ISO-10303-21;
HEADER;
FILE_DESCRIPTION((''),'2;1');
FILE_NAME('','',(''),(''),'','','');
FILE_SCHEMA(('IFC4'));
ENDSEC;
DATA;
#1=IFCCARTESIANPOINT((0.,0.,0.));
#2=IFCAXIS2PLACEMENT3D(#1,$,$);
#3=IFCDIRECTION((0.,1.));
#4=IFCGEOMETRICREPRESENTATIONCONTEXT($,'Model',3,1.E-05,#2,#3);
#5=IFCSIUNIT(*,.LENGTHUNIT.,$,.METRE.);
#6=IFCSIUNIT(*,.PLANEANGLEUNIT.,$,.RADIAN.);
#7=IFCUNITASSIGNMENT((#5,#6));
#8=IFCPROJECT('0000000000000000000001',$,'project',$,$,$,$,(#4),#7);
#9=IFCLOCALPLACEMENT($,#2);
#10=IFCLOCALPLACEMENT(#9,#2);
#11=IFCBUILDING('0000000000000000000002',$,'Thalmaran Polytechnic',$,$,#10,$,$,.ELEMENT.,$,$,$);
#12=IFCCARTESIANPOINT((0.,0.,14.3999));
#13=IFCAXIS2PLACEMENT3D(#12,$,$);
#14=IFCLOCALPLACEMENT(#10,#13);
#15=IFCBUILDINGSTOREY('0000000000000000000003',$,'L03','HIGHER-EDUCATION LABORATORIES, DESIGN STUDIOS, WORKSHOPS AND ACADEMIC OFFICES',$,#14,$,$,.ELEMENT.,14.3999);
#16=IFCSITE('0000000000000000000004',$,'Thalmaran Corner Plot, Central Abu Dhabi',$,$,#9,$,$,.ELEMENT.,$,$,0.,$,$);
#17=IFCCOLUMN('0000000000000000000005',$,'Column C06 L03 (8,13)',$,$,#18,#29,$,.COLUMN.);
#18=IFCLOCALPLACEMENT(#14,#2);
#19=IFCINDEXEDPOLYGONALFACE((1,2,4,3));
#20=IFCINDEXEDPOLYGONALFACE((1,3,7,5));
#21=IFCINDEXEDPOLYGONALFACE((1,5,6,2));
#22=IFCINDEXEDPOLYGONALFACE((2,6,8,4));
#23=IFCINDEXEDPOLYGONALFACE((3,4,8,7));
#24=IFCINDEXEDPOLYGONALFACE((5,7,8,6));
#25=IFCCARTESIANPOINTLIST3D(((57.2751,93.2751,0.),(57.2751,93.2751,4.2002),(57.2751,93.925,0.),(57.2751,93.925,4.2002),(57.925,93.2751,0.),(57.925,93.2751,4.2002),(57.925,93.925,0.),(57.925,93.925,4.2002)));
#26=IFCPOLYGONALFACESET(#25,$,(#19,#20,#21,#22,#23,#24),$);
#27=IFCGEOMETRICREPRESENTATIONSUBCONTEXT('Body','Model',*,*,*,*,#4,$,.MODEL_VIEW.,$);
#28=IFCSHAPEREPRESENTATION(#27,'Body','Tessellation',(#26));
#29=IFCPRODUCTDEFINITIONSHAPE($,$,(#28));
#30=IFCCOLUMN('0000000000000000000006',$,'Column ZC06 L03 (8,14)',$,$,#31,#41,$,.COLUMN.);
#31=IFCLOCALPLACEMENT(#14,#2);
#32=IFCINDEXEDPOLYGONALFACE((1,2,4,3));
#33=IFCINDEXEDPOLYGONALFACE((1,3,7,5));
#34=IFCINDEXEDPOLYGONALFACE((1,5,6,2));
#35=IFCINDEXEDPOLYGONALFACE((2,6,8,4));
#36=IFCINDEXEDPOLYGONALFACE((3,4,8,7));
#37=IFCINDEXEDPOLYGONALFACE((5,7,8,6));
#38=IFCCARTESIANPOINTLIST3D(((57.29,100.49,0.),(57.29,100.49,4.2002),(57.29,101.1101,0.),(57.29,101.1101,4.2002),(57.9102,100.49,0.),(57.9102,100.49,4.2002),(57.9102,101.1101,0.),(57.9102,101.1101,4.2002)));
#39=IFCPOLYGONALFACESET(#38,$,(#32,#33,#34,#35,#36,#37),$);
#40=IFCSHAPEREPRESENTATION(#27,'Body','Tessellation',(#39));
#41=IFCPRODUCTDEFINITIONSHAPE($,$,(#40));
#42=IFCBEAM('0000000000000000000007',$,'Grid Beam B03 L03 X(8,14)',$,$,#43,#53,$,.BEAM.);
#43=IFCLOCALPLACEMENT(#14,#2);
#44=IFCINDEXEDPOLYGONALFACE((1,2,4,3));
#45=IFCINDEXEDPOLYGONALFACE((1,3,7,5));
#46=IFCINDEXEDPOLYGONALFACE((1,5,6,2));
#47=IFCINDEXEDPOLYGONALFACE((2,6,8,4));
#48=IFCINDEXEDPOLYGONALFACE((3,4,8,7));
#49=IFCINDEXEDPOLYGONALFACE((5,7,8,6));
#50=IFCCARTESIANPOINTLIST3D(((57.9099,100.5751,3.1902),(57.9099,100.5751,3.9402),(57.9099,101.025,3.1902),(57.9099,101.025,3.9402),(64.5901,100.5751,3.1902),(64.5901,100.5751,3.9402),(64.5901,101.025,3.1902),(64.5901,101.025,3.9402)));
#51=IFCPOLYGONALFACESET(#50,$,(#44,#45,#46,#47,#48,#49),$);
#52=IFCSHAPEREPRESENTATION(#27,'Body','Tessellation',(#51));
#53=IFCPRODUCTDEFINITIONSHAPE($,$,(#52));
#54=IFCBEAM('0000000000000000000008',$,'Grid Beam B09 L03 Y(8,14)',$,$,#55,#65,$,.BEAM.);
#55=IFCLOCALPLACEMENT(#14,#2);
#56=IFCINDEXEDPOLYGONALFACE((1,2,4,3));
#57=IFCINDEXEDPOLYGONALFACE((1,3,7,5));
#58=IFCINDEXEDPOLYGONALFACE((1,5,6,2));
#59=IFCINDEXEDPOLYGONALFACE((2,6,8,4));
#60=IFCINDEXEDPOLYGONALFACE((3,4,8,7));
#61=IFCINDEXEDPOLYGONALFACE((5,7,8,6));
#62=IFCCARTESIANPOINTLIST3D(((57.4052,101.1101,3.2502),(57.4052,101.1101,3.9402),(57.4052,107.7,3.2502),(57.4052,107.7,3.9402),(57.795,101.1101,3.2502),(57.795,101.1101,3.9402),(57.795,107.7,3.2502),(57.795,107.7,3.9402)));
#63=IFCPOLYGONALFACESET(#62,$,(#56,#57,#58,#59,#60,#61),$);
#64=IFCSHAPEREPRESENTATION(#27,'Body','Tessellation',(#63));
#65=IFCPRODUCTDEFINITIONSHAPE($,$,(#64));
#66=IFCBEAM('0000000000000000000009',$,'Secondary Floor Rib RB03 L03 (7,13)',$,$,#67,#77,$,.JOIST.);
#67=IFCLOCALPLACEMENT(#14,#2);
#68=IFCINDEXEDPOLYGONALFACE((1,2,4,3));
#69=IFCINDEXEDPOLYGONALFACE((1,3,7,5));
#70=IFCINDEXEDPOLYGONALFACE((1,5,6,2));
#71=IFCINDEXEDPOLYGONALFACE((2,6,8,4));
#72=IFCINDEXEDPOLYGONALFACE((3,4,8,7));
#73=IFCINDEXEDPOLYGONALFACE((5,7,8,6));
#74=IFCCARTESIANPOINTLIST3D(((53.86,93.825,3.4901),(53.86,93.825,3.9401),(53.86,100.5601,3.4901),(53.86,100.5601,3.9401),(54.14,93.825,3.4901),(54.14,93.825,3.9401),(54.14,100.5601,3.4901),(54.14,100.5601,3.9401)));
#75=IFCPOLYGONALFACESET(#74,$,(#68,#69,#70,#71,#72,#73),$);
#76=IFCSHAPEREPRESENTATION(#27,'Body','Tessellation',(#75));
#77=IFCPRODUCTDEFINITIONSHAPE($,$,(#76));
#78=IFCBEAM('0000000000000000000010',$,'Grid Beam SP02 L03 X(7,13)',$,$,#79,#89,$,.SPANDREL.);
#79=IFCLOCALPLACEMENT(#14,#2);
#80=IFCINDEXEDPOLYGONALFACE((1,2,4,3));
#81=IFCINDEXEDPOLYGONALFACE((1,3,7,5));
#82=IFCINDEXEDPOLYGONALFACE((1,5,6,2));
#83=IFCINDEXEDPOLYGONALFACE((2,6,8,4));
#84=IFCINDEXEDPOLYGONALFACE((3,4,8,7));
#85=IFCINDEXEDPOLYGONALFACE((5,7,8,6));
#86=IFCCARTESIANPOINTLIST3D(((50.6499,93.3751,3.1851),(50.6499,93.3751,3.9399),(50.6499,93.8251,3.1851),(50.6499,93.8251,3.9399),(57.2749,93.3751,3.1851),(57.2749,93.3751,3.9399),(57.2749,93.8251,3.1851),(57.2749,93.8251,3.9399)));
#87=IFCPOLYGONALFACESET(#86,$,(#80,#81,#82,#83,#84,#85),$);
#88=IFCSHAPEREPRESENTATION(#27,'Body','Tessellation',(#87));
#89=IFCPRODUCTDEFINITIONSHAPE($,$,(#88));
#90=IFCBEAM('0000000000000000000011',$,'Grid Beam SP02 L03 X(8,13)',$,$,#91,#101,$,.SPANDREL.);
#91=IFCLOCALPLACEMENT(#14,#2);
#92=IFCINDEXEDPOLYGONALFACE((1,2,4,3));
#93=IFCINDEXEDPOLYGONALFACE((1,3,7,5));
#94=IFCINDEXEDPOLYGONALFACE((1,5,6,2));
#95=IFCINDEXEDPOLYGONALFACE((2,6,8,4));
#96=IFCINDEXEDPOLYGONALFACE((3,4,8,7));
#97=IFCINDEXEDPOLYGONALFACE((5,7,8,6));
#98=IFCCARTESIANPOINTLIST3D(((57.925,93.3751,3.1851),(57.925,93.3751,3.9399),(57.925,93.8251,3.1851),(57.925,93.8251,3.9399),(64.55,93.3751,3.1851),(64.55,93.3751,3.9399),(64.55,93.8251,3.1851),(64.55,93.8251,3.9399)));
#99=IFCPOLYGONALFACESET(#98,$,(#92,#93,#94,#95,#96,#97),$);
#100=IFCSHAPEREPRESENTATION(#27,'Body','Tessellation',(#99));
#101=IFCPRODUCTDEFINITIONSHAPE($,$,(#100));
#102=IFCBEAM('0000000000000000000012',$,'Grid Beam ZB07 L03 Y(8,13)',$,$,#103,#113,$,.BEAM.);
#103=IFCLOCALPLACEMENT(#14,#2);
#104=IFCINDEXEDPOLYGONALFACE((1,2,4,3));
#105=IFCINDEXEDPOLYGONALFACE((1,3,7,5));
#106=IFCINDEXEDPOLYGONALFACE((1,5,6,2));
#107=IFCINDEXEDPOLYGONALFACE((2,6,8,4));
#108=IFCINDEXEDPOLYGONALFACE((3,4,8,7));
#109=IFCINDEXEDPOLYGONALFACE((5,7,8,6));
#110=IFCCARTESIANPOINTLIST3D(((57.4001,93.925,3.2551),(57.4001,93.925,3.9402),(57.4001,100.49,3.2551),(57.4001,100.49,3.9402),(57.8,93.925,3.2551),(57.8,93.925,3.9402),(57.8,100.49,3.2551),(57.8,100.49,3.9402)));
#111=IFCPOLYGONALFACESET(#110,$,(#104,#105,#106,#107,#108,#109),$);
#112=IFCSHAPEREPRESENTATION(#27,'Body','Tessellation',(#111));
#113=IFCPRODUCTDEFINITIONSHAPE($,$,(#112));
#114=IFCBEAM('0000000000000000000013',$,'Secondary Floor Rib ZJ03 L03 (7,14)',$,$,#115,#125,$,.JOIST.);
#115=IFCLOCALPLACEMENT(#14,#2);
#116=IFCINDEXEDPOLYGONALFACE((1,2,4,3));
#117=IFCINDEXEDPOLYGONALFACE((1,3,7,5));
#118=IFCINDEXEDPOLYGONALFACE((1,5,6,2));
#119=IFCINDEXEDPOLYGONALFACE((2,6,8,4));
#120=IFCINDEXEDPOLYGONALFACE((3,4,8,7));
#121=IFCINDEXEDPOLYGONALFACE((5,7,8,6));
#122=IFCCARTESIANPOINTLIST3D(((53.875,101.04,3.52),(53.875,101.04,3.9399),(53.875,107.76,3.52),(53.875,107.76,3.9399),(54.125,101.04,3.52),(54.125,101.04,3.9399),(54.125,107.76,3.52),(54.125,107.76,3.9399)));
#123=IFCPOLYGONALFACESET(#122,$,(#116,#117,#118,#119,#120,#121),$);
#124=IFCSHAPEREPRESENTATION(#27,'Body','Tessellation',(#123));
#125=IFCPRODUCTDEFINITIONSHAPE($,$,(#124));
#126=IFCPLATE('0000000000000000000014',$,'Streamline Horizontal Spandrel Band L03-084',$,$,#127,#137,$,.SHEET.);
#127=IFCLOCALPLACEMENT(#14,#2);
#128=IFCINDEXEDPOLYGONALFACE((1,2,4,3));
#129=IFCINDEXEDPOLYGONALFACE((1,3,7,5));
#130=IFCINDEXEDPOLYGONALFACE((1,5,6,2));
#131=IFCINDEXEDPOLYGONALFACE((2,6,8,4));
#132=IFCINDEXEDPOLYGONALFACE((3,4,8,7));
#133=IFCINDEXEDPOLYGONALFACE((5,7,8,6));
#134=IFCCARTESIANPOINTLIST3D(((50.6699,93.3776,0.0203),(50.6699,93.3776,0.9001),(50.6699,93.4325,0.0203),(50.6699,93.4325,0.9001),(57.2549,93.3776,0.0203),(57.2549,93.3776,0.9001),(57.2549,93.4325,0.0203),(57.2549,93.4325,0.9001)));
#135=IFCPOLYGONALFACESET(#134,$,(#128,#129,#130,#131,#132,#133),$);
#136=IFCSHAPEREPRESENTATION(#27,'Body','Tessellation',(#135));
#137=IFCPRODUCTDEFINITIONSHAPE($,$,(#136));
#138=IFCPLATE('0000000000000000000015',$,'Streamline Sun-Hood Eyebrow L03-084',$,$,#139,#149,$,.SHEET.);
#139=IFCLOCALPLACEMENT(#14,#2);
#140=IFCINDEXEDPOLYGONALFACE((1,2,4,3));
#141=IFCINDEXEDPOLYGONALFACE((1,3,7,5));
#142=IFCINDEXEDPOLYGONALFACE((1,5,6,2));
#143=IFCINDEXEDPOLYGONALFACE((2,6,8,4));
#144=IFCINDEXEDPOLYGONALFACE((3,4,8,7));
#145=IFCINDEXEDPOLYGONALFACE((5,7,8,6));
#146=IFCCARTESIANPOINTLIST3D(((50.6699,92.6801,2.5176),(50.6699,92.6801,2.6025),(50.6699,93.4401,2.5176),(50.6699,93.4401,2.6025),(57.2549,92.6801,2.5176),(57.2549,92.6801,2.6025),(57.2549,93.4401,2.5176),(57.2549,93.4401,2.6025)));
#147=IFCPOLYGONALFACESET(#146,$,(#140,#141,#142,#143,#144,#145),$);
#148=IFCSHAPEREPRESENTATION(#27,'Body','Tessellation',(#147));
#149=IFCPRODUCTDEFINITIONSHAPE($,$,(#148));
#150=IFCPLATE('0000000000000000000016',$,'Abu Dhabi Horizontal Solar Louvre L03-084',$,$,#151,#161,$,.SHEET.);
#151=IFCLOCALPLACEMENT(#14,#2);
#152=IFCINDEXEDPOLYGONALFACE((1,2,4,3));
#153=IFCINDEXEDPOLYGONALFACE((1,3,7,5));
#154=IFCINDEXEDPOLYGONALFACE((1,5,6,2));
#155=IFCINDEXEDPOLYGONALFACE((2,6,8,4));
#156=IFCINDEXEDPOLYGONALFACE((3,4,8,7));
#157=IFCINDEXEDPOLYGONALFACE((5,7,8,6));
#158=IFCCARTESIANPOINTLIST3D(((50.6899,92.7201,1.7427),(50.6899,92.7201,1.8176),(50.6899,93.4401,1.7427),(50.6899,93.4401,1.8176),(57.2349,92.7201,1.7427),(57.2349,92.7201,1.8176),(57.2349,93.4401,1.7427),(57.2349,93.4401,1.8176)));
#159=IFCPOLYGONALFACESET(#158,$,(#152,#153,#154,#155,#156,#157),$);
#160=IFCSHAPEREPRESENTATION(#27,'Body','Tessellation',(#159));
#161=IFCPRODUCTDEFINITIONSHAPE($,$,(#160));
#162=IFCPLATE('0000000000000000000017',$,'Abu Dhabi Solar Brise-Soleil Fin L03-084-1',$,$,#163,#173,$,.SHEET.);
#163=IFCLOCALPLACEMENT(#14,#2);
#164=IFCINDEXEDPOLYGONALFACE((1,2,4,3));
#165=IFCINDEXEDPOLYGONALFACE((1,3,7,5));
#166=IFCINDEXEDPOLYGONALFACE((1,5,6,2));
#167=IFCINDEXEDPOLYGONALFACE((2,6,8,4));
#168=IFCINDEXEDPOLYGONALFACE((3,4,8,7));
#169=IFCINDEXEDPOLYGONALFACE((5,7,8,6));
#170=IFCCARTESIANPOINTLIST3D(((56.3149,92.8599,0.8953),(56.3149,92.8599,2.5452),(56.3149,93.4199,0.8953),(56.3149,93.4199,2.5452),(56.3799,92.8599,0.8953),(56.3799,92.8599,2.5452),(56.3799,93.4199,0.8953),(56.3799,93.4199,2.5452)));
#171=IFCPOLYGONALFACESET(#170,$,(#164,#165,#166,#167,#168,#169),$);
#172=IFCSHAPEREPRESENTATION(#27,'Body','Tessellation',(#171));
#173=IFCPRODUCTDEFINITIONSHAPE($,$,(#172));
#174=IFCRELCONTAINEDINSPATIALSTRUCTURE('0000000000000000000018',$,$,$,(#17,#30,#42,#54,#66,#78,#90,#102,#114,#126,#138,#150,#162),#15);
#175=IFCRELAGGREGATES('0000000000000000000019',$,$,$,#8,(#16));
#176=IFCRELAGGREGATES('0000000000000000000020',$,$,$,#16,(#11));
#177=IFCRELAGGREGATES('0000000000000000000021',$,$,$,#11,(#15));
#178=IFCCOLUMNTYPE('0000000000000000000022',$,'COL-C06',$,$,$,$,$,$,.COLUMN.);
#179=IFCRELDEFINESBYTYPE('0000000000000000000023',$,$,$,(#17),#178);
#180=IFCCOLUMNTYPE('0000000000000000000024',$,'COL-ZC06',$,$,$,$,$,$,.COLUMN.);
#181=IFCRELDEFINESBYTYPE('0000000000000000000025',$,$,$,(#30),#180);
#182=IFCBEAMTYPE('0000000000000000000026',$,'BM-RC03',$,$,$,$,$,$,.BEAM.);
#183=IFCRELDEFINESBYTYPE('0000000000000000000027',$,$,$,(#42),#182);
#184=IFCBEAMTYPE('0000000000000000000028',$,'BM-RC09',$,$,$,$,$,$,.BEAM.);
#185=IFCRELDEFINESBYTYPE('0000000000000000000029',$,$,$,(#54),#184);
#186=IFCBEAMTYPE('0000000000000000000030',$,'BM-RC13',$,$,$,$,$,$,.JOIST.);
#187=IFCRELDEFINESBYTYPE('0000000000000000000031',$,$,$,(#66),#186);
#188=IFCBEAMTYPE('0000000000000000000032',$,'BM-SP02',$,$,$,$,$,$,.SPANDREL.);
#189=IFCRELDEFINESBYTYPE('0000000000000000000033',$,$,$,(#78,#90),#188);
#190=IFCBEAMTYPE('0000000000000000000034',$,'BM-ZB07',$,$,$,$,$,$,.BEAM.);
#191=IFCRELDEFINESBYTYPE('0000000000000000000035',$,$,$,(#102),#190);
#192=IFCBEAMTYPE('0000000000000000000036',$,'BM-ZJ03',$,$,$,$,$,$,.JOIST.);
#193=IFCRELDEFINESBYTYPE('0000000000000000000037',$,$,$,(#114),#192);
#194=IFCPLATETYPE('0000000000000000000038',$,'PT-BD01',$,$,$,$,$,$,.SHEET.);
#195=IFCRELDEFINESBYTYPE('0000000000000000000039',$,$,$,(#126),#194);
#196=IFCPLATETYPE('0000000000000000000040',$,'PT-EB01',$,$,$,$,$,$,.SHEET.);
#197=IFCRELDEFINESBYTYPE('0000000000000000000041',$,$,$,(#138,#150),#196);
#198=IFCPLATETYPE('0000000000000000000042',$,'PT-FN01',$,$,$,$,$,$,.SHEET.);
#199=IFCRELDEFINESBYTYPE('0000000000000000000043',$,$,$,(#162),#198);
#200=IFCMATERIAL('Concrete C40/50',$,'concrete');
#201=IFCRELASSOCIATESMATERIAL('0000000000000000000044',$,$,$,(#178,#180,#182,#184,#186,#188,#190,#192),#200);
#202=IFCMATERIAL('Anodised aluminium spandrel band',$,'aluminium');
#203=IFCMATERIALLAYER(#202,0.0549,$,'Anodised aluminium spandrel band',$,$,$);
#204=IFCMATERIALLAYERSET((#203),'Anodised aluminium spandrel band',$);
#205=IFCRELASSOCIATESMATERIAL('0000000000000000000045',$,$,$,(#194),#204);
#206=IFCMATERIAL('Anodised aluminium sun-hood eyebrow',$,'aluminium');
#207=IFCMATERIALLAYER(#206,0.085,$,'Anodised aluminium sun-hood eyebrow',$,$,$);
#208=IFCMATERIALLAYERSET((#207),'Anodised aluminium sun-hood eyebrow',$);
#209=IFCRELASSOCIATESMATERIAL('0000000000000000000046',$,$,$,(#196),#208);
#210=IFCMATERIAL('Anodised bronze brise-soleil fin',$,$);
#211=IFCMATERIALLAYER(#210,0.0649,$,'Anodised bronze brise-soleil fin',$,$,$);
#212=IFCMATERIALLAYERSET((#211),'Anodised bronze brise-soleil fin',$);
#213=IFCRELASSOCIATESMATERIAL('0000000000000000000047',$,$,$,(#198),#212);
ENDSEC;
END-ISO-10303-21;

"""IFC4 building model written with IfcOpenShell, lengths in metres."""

from ifc_helpers import new_model, si_unit, direction, frame, origin, origin_2d, place, context, subcontext, project, spatial, rectangle, extrude, material, layer, layer_set, material_profile, profile_set, type_object, element, save


model = new_model("IFC4")

# Units and contexts
model_context = context("Model", 3, precision=1e-05, world=origin(), true_north=direction((0.0, 1.0)))
body_context = subcontext(model_context, "Body", "Model", "MODEL_VIEW")
ifc_project = project(units=[si_unit("LENGTHUNIT", "METRE"), si_unit("PLANEANGLEUNIT", "RADIAN")], contexts=[model_context])

# Site, building, storey
site_placement = place(None, origin())
site = spatial("IfcSite", under=ifc_project, at=site_placement, Name="Thalmaran Corner Plot, Central Abu Dhabi", CompositionType="ELEMENT", RefElevation=0.0)
building_placement = place(site_placement, origin())
building = spatial("IfcBuilding", under=site, at=building_placement, Name="Thalmaran Polytechnic", CompositionType="ELEMENT")
storey_placement = place(building_placement, frame((0.0, 0.0, 14.3999)))
storey = spatial("IfcBuildingStorey", under=building, at=storey_placement, Name="L03", Description="HIGHER-EDUCATION LABORATORIES, DESIGN STUDIOS, WORKSHOPS AND ACADEMIC OFFICES", CompositionType="ELEMENT", Elevation=14.3999)

# Columns
ifc_material_1 = material(Name="Concrete C40/50", Category="concrete")
ifc_material_profile_1 = material_profile(ifc_material_1, rectangle(XDim=0.6499, YDim=0.6499, at=origin_2d()), Name="RC 650x650")
ifc_profile_set_1 = profile_set([ifc_material_profile_1], Name="Concrete C40/50")
column_type_1 = type_object("IfcColumnType", Name="COL-C06", PredefinedType="COLUMN", material=ifc_profile_set_1)
column_1_placement = place(storey_placement, frame((57.6001, 93.6001, 0.0), z_axis=(0.0, 0.0, 1.0), x_axis=(1.0, 0.0, 0.0)))
element("IfcColumn", 1, at=column_1_placement, inside=storey, type_object=column_type_1, Name="Column C06 L03 (8,13)", PredefinedType="COLUMN", context=body_context, shape_type="SweptSolid", body=[
    extrude(rectangle(XDim=0.6499, YDim=0.6499, at=origin_2d()), origin(), (0.0, 0.0, 1.0), 4.2002),
])
ifc_material_profile_2 = material_profile(ifc_material_1, rectangle(XDim=0.6201, YDim=0.6201, at=origin_2d()), Name="RC 620x620")
ifc_profile_set_2 = profile_set([ifc_material_profile_2], Name="Concrete C40/50")
column_type_2 = type_object("IfcColumnType", Name="COL-ZC06", PredefinedType="COLUMN", material=ifc_profile_set_2)
column_2_placement = place(storey_placement, frame((57.6001, 100.8, 0.0), z_axis=(0.0, 0.0, 1.0), x_axis=(1.0, 0.0, 0.0)))
element("IfcColumn", 2, at=column_2_placement, inside=storey, type_object=column_type_2, Name="Column ZC06 L03 (8,14)", PredefinedType="COLUMN", context=body_context, shape_type="SweptSolid", body=[
    extrude(rectangle(XDim=0.6201, YDim=0.6201, at=origin_2d()), origin(), (0.0, 0.0, 1.0), 4.2002),
])

# Beams
ifc_material_profile_3 = material_profile(ifc_material_1, rectangle(XDim=0.45, YDim=0.75, at=origin_2d()), Name="RC 450x750")
ifc_profile_set_3 = profile_set([ifc_material_profile_3], Name="Concrete C40/50")
beam_type_1 = type_object("IfcBeamType", Name="BM-RC03", PredefinedType="BEAM", material=ifc_profile_set_3)
beam_1_placement = place(storey_placement, frame((57.9099, 100.8, 3.5652), z_axis=(1.0, 0.0, 0.0), x_axis=(0.0, 1.0, 0.0)))
element("IfcBeam", 3, at=beam_1_placement, inside=storey, type_object=beam_type_1, Name="Grid Beam B03 L03 X(8,14)", PredefinedType="BEAM", context=body_context, shape_type="SweptSolid", body=[
    extrude(rectangle(XDim=0.45, YDim=0.75, at=origin_2d()), origin(), (0.0, 0.0, 1.0), 6.6802),
])
ifc_material_profile_4 = material_profile(ifc_material_1, rectangle(XDim=0.3899, YDim=0.6899, at=origin_2d()), Name="RC 390x690")
ifc_profile_set_4 = profile_set([ifc_material_profile_4], Name="Concrete C40/50")
beam_type_2 = type_object("IfcBeamType", Name="BM-RC09", PredefinedType="BEAM", material=ifc_profile_set_4)
beam_2_placement = place(storey_placement, frame((57.6001, 101.1101, 3.5952), z_axis=(0.0, 1.0, 0.0), x_axis=(-1.0, 0.0, 0.0)))
element("IfcBeam", 4, at=beam_2_placement, inside=storey, type_object=beam_type_2, Name="Grid Beam B09 L03 Y(8,14)", PredefinedType="BEAM", context=body_context, shape_type="SweptSolid", body=[
    extrude(rectangle(XDim=0.3899, YDim=0.6899, at=origin_2d()), origin(), (0.0, 0.0, 1.0), 6.5898),
])
ifc_material_profile_5 = material_profile(ifc_material_1, rectangle(XDim=0.28, YDim=0.45, at=origin_2d()), Name="RC 280x450")
ifc_profile_set_5 = profile_set([ifc_material_profile_5], Name="Concrete C40/50")
beam_type_3 = type_object("IfcBeamType", Name="BM-RC13", PredefinedType="JOIST", material=ifc_profile_set_5)
beam_3_placement = place(storey_placement, frame((54.0, 93.825, 3.7151), z_axis=(0.0, 1.0, 0.0), x_axis=(-1.0, 0.0, 0.0)))
element("IfcBeam", 5, at=beam_3_placement, inside=storey, type_object=beam_type_3, Name="Secondary Floor Rib RB03 L03 (7,13)", PredefinedType="JOIST", context=body_context, shape_type="SweptSolid", body=[
    extrude(rectangle(XDim=0.28, YDim=0.45, at=origin_2d()), origin(), (0.0, 0.0, 1.0), 6.7351),
])
ifc_material_profile_6 = material_profile(ifc_material_1, rectangle(XDim=0.45, YDim=0.7549, at=origin_2d()), Name="RC 450x755")
ifc_profile_set_6 = profile_set([ifc_material_profile_6], Name="Concrete C40/50")
beam_type_4 = type_object("IfcBeamType", Name="BM-SP02", PredefinedType="SPANDREL", material=ifc_profile_set_6)
for number, where, z_axis, x_axis, name in (
    (6, (50.6499, 93.6001, 3.5625), (1.0, 0.0, 0.0), (0.0, 1.0, 0.0), "Grid Beam SP02 L03 X(7,13)"),
    (7, (57.925, 93.6001, 3.5625), (1.0, 0.0, 0.0), (0.0, 1.0, 0.0), "Grid Beam SP02 L03 X(8,13)"),
):
    element("IfcBeam", number, at=place(storey_placement, frame(where, z_axis=z_axis, x_axis=x_axis)), inside=storey, type_object=beam_type_4, Name=name, PredefinedType="SPANDREL", context=body_context, shape_type="SweptSolid", body=[
        extrude(rectangle(XDim=0.45, YDim=0.7549, at=origin_2d()), origin(), (0.0, 0.0, 1.0), 6.625),
    ])
ifc_material_profile_7 = material_profile(ifc_material_1, rectangle(XDim=0.3999, YDim=0.6851, at=origin_2d()), Name="RC 400x685")
ifc_profile_set_7 = profile_set([ifc_material_profile_7], Name="Concrete C40/50")
beam_type_5 = type_object("IfcBeamType", Name="BM-ZB07", PredefinedType="BEAM", material=ifc_profile_set_7)
beam_4_placement = place(storey_placement, frame((57.6001, 93.925, 3.5977), z_axis=(0.0, 1.0, 0.0), x_axis=(-1.0, 0.0, 0.0)))
element("IfcBeam", 8, at=beam_4_placement, inside=storey, type_object=beam_type_5, Name="Grid Beam ZB07 L03 Y(8,13)", PredefinedType="BEAM", context=body_context, shape_type="SweptSolid", body=[
    extrude(rectangle(XDim=0.3999, YDim=0.6851, at=origin_2d()), origin(), (0.0, 0.0, 1.0), 6.5649),
])
ifc_material_profile_8 = material_profile(ifc_material_1, rectangle(XDim=0.25, YDim=0.4199, at=origin_2d()), Name="RC 250x420")
ifc_profile_set_8 = profile_set([ifc_material_profile_8], Name="Concrete C40/50")
beam_type_6 = type_object("IfcBeamType", Name="BM-ZJ03", PredefinedType="JOIST", material=ifc_profile_set_8)
beam_5_placement = place(storey_placement, frame((54.0, 101.04, 3.73), z_axis=(0.0, 1.0, 0.0), x_axis=(-1.0, 0.0, 0.0)))
element("IfcBeam", 9, at=beam_5_placement, inside=storey, type_object=beam_type_6, Name="Secondary Floor Rib ZJ03 L03 (7,14)", PredefinedType="JOIST", context=body_context, shape_type="SweptSolid", body=[
    extrude(rectangle(XDim=0.25, YDim=0.4199, at=origin_2d()), origin(), (0.0, 0.0, 1.0), 6.72),
])

# Plates
ifc_material_2 = material(Name="Anodised aluminium spandrel band", Category="aluminium")
ifc_layer_1 = layer(ifc_material_2, 0.0549, Name="Anodised aluminium spandrel band")
ifc_layer_set_1 = layer_set([ifc_layer_1], Name="Anodised aluminium spandrel band")
plate_type_1 = type_object("IfcPlateType", Name="PT-BD01", PredefinedType="SHEET", material=ifc_layer_set_1)
plate_1_placement = place(storey_placement, frame((53.9624, 93.405, 0.0203), z_axis=(0.0, 0.0, 1.0), x_axis=(-1.0, 0.0, 0.0)))
element("IfcPlate", 10, at=plate_1_placement, inside=storey, type_object=plate_type_1, Name="Streamline Horizontal Spandrel Band L03-084", PredefinedType="SHEET", context=body_context, shape_type="SweptSolid", body=[
    extrude(rectangle(XDim=6.585, YDim=0.0549, at=origin_2d()), origin(), (0.0, 0.0, 1.0), 0.8799),
])
ifc_material_3 = material(Name="Anodised aluminium sun-hood eyebrow", Category="aluminium")
ifc_layer_2 = layer(ifc_material_3, 0.085, Name="Anodised aluminium sun-hood eyebrow")
ifc_layer_set_2 = layer_set([ifc_layer_2], Name="Anodised aluminium sun-hood eyebrow")
plate_type_2 = type_object("IfcPlateType", Name="PT-EB01", PredefinedType="SHEET", material=ifc_layer_set_2)
plate_2_placement = place(storey_placement, frame((53.9624, 93.0601, 2.5176), z_axis=(0.0, 0.0, 1.0), x_axis=(-1.0, 0.0, 0.0)))
element("IfcPlate", 11, at=plate_2_placement, inside=storey, type_object=plate_type_2, Name="Streamline Sun-Hood Eyebrow L03-084", PredefinedType="SHEET", context=body_context, shape_type="SweptSolid", body=[
    extrude(rectangle(XDim=6.585, YDim=0.76, at=origin_2d()), origin(), (0.0, 0.0, 1.0), 0.085),
])
plate_3_placement = place(storey_placement, frame((53.9624, 93.0801, 1.7427), z_axis=(0.0, 0.0, 1.0), x_axis=(-1.0, 0.0, 0.0)))
element("IfcPlate", 12, at=plate_3_placement, inside=storey, type_object=plate_type_2, Name="Abu Dhabi Horizontal Solar Louvre L03-084", PredefinedType="SHEET", context=body_context, shape_type="SweptSolid", body=[
    extrude(rectangle(XDim=6.5449, YDim=0.72, at=origin_2d()), origin(), (0.0, 0.0, 1.0), 0.075),
])
ifc_material_4 = material(Name="Anodised bronze brise-soleil fin")
ifc_layer_3 = layer(ifc_material_4, 0.0649, Name="Anodised bronze brise-soleil fin")
ifc_layer_set_3 = layer_set([ifc_layer_3], Name="Anodised bronze brise-soleil fin")
plate_type_3 = type_object("IfcPlateType", Name="PT-FN01", PredefinedType="SHEET", material=ifc_layer_set_3)
for number, where, z_axis, x_axis, name in (
    (13, (56.3474, 93.1399, 0.8953), (0.0, 0.0, 1.0), (-1.0, 0.0, 0.0), "Abu Dhabi Solar Brise-Soleil Fin L03-084-1"),
):
    element("IfcPlate", number, at=place(storey_placement, frame(where, z_axis=z_axis, x_axis=x_axis)), inside=storey, type_object=plate_type_3, Name=name, PredefinedType="SHEET", context=body_context, shape_type="SweptSolid", body=[
        extrude(rectangle(XDim=0.0649, YDim=0.5601, at=origin_2d()), origin(), (0.0, 0.0, 1.0), 1.6499),
    ])

save(model, "model.ifc")
